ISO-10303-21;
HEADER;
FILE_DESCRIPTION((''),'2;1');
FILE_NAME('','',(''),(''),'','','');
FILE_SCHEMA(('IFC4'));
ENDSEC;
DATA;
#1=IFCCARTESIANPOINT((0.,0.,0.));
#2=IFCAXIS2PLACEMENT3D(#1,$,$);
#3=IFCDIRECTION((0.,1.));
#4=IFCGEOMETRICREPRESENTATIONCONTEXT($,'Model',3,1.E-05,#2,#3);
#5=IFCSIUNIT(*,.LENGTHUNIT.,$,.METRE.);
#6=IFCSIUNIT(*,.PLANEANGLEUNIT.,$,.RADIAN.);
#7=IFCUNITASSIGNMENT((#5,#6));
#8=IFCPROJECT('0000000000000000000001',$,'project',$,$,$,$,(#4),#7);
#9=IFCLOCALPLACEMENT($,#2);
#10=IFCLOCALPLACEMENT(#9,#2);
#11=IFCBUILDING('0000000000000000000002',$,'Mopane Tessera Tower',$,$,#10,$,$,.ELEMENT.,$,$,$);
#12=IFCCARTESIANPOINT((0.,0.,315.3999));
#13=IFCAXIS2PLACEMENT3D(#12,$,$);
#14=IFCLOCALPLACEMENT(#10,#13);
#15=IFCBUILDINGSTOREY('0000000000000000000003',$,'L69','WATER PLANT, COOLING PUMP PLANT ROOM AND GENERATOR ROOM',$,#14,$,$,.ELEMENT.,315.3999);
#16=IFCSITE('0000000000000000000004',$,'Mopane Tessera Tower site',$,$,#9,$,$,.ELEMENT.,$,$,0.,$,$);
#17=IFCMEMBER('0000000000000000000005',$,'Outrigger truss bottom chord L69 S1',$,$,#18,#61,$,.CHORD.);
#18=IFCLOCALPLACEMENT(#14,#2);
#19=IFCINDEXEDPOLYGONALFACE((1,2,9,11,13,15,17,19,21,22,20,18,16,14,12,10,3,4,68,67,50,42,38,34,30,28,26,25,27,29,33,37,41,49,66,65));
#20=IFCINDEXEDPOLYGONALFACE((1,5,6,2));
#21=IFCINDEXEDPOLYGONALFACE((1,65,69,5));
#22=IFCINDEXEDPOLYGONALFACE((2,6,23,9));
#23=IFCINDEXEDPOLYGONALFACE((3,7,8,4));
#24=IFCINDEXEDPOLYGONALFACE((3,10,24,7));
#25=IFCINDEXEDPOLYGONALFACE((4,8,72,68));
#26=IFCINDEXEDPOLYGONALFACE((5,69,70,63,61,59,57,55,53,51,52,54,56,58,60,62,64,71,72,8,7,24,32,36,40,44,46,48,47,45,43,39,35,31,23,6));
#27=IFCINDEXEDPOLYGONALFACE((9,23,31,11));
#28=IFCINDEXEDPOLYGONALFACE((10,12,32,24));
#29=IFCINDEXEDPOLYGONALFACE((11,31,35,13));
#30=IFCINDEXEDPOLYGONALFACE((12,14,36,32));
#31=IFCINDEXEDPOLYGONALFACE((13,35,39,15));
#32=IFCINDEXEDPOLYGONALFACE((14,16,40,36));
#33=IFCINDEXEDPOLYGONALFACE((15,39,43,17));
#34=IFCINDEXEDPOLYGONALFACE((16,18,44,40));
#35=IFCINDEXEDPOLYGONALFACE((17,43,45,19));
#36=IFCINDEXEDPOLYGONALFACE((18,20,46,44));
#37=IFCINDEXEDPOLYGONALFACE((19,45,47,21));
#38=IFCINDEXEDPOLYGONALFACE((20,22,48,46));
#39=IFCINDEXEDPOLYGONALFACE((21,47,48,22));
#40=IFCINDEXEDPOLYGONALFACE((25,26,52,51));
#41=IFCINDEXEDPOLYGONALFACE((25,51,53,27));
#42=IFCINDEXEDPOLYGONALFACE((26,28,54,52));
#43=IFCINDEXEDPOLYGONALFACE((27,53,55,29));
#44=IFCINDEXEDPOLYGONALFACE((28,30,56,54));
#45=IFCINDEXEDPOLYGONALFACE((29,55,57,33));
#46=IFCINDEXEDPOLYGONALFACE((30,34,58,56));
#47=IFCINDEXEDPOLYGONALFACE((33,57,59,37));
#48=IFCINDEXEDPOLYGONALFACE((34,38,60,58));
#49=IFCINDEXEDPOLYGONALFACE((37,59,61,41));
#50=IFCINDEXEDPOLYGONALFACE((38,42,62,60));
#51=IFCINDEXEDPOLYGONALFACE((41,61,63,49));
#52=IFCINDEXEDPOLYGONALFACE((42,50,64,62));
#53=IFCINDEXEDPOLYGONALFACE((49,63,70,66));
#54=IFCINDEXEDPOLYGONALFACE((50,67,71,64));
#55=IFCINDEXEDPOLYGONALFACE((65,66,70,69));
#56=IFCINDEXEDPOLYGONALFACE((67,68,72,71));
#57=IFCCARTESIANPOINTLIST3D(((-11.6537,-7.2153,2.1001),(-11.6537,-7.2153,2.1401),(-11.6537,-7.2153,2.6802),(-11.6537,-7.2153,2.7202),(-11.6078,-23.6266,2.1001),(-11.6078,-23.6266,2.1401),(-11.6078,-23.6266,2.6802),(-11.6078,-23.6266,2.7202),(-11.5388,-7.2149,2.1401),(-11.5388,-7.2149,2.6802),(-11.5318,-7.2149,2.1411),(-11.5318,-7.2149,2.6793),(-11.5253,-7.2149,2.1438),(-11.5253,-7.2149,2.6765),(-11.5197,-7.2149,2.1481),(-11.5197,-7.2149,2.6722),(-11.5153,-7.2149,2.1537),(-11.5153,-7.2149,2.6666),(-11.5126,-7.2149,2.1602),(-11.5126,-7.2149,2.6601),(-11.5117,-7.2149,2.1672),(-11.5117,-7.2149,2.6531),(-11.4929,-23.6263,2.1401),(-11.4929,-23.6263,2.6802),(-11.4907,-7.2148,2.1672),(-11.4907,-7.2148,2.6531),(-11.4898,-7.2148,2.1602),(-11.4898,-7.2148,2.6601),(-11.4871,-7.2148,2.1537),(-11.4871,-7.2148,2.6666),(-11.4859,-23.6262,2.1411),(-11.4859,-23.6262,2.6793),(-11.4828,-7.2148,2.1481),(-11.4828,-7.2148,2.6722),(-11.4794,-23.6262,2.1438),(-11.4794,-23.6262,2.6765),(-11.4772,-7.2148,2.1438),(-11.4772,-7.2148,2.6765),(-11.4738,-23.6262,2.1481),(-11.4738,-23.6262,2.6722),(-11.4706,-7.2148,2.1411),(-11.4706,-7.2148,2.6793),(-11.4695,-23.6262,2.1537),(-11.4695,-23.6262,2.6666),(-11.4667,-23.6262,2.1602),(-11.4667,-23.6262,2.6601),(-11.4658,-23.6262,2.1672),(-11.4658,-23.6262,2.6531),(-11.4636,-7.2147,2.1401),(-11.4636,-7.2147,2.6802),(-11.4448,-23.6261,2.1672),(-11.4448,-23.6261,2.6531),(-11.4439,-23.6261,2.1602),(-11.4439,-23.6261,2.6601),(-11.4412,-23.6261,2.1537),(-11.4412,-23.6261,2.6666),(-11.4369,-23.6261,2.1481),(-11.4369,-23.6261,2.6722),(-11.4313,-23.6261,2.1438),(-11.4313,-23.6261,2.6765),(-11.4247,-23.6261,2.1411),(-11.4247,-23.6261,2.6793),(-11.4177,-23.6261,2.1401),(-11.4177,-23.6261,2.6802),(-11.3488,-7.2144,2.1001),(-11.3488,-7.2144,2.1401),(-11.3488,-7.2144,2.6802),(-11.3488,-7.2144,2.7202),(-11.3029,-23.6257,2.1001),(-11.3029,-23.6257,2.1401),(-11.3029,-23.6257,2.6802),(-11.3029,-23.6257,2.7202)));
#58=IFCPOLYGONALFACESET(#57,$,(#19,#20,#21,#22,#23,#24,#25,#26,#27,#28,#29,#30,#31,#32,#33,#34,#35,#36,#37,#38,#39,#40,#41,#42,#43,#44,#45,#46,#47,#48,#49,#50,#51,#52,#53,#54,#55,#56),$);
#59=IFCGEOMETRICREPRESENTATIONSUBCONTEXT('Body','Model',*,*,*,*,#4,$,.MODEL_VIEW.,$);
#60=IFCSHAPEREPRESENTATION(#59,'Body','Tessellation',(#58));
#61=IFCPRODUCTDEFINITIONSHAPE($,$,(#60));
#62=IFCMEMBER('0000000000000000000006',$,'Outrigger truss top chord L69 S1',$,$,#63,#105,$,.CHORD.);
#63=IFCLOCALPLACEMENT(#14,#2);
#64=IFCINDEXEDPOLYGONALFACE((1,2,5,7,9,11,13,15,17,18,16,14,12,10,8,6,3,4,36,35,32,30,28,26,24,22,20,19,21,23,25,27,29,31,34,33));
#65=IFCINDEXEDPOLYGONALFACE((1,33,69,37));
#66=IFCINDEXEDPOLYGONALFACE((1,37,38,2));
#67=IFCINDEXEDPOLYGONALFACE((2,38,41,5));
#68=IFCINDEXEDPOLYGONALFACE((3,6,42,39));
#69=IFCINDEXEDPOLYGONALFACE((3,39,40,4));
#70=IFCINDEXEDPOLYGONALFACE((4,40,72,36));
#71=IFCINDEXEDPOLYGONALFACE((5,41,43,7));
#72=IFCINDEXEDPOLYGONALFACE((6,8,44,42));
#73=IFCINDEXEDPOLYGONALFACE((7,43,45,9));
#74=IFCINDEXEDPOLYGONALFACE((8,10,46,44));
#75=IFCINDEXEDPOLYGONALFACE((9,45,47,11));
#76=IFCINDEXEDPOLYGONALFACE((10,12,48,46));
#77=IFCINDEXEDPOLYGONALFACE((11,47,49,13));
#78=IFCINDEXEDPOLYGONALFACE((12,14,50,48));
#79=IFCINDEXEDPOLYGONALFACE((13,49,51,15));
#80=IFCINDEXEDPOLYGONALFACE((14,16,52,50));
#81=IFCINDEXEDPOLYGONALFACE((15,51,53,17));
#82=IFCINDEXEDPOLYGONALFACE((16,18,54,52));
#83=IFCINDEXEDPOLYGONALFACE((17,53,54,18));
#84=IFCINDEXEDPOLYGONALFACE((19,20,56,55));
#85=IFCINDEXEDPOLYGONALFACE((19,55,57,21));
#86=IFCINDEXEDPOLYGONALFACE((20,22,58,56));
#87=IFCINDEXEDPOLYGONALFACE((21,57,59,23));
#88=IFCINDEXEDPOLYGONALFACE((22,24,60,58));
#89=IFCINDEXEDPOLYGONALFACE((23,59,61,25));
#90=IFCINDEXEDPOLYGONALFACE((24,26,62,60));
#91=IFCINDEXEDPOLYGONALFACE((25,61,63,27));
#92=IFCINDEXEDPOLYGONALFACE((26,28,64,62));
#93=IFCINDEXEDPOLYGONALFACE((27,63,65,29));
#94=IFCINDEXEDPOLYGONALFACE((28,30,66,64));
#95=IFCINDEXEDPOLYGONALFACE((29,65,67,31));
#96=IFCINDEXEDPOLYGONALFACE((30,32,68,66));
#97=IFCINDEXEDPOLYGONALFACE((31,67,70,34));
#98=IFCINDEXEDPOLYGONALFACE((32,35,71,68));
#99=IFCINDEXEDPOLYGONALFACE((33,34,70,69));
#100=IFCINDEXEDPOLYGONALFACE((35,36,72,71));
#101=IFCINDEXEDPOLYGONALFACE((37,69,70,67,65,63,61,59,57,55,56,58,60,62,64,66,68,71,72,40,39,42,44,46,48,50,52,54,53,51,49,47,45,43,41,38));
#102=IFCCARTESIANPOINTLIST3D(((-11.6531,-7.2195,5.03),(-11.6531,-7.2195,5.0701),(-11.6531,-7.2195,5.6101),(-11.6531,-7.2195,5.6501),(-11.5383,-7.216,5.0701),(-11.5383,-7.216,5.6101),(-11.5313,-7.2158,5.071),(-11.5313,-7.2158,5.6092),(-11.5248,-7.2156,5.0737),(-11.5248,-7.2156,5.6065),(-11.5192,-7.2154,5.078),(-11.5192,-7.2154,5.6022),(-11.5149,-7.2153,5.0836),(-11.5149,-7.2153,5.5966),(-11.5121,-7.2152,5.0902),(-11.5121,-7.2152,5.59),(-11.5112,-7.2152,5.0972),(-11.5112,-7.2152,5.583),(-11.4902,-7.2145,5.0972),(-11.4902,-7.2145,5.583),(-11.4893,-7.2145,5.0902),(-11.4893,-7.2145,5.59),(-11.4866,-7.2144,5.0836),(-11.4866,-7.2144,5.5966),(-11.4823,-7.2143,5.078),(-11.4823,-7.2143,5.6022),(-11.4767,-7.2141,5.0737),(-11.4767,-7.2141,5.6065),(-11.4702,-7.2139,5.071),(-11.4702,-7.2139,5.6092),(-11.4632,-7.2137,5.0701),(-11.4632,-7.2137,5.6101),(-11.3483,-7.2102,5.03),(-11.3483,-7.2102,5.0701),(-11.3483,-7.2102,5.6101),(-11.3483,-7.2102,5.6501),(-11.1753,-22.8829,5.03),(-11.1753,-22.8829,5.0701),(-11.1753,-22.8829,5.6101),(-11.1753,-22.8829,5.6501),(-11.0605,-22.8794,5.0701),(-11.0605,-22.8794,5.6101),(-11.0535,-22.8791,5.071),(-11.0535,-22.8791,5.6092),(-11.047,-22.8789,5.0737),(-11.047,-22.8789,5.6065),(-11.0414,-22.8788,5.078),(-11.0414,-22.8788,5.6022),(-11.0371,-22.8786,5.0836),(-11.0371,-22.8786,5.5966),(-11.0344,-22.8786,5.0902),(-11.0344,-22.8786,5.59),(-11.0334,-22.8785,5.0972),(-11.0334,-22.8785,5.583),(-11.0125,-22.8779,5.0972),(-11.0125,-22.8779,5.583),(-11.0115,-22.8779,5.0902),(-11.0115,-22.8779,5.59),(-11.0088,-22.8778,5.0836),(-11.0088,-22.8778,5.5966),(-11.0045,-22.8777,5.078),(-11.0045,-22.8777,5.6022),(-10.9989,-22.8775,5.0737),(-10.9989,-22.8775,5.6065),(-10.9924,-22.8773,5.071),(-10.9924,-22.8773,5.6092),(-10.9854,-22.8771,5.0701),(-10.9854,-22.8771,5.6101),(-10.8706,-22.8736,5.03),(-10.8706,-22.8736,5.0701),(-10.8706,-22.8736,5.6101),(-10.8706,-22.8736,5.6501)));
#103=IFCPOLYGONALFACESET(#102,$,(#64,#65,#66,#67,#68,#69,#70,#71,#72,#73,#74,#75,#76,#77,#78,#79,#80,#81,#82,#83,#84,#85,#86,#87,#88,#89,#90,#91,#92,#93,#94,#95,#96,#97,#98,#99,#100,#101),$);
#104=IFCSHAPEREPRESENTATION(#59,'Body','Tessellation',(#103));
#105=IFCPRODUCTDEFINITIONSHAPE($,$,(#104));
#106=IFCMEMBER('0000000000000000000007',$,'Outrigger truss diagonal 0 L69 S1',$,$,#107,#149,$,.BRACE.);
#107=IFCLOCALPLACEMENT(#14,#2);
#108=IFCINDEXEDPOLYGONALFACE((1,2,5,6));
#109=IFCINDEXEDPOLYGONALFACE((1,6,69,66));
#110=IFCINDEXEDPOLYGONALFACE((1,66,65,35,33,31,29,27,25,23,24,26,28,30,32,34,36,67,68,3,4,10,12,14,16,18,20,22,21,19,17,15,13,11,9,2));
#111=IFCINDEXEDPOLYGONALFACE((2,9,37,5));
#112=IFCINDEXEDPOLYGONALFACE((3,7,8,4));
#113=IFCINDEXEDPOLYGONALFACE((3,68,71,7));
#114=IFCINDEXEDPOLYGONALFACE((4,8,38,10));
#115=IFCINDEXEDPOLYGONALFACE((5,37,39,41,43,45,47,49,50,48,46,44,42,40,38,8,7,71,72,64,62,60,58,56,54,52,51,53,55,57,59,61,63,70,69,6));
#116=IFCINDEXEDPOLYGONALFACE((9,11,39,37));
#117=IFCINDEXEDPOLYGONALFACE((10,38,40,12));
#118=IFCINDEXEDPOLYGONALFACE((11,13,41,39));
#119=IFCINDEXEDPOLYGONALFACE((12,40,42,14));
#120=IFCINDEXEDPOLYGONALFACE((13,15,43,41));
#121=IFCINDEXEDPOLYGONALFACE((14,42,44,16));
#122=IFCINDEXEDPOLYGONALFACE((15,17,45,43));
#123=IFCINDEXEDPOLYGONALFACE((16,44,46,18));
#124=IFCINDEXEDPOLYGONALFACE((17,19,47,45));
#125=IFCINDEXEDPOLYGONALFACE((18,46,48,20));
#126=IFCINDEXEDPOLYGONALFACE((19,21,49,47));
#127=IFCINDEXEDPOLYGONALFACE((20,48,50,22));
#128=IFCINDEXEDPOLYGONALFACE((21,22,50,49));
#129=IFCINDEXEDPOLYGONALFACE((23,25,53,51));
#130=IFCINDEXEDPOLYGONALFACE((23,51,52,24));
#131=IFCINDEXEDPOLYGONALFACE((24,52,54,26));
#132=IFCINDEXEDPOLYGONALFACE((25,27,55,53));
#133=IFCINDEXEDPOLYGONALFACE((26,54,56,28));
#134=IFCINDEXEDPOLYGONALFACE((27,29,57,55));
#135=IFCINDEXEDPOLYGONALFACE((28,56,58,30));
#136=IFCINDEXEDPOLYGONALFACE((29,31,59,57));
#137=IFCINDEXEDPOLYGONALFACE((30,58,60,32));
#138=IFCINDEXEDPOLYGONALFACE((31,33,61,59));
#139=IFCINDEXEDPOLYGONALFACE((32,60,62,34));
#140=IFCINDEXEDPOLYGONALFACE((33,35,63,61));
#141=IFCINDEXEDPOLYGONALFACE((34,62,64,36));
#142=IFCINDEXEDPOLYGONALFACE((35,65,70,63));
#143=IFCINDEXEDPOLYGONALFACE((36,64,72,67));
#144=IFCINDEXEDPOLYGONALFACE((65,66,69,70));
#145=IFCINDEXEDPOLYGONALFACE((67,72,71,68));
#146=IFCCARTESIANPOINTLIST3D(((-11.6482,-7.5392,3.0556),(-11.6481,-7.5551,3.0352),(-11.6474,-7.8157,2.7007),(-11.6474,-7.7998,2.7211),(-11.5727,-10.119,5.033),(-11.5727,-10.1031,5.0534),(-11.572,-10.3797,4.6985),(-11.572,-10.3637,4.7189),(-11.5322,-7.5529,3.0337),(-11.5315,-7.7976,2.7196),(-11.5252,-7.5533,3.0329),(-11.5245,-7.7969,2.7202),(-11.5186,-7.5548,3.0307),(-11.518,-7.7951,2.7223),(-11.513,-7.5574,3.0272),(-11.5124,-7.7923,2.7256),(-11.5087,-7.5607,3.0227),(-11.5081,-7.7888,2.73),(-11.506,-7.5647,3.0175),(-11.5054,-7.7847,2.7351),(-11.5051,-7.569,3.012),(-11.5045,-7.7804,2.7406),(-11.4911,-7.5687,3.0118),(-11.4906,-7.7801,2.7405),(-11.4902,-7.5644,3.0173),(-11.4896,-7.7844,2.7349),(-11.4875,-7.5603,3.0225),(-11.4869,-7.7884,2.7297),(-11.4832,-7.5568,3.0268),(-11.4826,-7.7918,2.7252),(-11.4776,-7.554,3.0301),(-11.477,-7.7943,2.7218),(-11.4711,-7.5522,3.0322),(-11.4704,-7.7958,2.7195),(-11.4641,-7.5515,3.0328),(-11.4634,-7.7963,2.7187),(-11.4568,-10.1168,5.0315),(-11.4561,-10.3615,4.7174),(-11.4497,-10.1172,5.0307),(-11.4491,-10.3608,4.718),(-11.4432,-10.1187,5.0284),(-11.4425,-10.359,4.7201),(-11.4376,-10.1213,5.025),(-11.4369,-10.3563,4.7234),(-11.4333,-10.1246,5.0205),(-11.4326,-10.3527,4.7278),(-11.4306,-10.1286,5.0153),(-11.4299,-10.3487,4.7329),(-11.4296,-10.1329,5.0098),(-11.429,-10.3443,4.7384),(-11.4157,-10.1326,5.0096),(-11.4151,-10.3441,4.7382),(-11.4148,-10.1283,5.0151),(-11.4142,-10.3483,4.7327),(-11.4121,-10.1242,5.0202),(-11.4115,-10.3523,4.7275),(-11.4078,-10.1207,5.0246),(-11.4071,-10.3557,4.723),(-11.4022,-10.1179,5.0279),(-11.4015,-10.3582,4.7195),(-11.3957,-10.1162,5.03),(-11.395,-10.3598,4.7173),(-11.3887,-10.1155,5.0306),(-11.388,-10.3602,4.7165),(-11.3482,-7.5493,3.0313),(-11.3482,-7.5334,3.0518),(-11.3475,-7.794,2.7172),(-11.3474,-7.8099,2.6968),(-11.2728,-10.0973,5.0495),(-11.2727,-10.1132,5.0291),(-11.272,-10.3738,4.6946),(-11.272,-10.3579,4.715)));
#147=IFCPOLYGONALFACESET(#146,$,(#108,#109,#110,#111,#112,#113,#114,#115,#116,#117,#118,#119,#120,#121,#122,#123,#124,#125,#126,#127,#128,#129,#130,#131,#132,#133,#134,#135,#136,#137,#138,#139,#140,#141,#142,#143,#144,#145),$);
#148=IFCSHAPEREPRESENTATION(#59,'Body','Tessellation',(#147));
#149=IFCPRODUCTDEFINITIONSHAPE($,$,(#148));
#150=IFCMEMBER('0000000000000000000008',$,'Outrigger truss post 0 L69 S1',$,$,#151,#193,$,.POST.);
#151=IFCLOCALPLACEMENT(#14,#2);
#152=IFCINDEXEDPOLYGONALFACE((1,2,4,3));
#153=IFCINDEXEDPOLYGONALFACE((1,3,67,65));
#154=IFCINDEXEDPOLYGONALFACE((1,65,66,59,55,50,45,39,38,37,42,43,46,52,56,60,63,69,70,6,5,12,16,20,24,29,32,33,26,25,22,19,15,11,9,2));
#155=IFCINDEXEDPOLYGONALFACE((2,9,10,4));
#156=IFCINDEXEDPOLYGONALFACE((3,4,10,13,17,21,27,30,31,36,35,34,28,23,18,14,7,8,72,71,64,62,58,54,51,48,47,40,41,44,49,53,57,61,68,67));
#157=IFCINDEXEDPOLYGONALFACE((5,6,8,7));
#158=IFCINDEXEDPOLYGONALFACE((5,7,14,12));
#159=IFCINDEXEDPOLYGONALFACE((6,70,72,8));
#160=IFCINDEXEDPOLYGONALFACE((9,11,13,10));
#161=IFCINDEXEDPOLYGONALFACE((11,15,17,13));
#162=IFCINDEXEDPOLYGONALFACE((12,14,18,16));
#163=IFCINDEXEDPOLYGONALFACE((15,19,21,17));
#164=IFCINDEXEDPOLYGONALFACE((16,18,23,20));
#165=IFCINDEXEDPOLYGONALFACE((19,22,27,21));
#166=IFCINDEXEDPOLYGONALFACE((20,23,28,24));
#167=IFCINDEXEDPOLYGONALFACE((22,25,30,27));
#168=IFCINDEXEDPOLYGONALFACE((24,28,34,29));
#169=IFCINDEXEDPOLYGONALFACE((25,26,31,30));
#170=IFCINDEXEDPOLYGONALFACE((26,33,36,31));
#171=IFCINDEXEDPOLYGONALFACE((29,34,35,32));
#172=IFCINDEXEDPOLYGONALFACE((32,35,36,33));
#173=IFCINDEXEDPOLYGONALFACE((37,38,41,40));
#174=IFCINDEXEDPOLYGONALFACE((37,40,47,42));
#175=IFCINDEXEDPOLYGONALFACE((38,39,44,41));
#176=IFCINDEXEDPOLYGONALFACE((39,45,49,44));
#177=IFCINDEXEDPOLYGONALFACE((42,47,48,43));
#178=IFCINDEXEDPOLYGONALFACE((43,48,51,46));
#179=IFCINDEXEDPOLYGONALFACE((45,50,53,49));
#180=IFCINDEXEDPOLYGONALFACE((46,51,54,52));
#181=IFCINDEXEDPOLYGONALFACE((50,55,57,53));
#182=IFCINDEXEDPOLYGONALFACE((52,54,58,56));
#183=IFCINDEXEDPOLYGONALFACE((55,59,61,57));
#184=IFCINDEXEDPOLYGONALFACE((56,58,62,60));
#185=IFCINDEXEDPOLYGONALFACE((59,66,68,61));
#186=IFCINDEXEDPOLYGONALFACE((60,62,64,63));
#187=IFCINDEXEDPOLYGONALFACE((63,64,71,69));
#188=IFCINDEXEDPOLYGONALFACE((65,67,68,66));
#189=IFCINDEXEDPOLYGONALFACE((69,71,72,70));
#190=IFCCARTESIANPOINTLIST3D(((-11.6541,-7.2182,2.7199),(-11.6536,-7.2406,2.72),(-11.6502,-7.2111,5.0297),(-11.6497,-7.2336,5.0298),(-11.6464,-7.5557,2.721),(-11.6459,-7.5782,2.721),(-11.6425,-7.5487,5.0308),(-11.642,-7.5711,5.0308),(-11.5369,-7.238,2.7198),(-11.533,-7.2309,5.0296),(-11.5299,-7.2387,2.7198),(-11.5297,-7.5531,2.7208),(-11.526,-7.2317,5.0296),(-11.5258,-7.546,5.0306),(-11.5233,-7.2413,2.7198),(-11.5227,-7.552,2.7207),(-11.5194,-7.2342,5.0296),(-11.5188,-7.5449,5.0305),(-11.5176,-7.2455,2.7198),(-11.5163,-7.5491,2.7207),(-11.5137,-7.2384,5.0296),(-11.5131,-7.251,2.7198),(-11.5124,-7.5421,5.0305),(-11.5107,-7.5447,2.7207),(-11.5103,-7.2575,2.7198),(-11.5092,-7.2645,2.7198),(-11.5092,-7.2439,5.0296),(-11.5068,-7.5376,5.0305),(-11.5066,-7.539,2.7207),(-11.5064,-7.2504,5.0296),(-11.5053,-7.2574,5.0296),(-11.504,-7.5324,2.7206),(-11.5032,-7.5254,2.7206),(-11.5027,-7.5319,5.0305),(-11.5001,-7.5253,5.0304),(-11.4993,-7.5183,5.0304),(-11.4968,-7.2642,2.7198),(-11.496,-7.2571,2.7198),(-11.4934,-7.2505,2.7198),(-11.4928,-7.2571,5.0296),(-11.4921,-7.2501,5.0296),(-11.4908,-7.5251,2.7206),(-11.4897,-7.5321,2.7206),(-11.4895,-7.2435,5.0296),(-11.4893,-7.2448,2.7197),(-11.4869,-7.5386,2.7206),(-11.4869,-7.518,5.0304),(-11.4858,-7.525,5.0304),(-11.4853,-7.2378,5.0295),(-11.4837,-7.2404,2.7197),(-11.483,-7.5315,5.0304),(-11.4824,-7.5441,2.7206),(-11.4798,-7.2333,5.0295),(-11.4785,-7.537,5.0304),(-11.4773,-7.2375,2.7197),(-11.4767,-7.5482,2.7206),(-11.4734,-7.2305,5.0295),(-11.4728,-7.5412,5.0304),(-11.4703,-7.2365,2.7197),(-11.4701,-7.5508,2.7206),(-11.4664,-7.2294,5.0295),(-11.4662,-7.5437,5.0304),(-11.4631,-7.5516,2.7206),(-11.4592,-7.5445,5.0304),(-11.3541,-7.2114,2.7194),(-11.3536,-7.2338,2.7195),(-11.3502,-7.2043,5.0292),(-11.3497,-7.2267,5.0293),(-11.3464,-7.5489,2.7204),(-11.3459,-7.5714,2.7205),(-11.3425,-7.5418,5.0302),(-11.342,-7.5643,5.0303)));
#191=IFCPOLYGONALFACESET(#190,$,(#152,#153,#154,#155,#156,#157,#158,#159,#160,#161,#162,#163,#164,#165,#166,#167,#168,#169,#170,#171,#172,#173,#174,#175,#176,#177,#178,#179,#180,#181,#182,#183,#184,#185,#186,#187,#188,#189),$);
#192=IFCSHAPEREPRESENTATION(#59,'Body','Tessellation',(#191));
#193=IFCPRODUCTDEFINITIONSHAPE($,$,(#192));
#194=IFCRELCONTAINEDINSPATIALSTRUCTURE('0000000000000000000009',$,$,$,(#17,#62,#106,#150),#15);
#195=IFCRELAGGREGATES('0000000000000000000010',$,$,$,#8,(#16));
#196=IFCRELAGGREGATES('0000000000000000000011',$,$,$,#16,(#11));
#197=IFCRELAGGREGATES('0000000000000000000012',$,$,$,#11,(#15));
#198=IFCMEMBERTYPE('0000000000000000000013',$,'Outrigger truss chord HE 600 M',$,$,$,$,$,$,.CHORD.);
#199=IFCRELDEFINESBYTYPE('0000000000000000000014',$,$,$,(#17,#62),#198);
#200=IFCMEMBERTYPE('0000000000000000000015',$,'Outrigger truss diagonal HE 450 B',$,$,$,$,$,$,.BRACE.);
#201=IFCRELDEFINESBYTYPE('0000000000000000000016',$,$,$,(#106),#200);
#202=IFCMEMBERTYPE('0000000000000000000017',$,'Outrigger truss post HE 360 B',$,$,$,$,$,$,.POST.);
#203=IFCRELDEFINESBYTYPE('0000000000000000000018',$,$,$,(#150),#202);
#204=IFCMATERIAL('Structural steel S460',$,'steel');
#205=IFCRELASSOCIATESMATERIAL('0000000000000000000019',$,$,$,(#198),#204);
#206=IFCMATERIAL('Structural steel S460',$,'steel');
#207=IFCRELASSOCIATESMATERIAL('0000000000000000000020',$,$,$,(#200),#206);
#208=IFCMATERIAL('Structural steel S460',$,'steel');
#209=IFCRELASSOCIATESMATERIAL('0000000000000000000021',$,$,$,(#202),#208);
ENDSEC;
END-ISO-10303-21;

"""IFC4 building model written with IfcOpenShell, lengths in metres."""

from ifc_helpers import new_model, si_unit, direction, frame, origin, origin_2d, place, context, subcontext, project, spatial, i_section, extrude, material, material_profile, profile_set, type_object, element, save


model = new_model("IFC4")

# Units and contexts
model_context = context("Model", 3, precision=1e-05, world=origin(), true_north=direction((0.0, 1.0)))
body_context = subcontext(model_context, "Body", "Model", "MODEL_VIEW")
ifc_project = project(units=[si_unit("LENGTHUNIT", "METRE"), si_unit("PLANEANGLEUNIT", "RADIAN")], contexts=[model_context])

# Site, building, storey
site_placement = place(None, origin())
site = spatial("IfcSite", under=ifc_project, at=site_placement, Name="Mopane Tessera Tower site", CompositionType="ELEMENT", RefElevation=0.0)
building_placement = place(site_placement, origin())
building = spatial("IfcBuilding", under=site, at=building_placement, Name="Mopane Tessera Tower", CompositionType="ELEMENT")
storey_placement = place(building_placement, frame((0.0, 0.0, 315.3999)))
storey = spatial("IfcBuildingStorey", under=building, at=storey_placement, Name="L69", Description="WATER PLANT, COOLING PUMP PLANT ROOM AND GENERATOR ROOM", CompositionType="ELEMENT", Elevation=315.3999)

# Members
ifc_material_1 = material(Name="Structural steel S460", Category="steel")
ifc_material_profile_1 = material_profile(ifc_material_1, i_section(OverallWidth=0.3049, OverallDepth=0.6201, WebThickness=0.021, FlangeThickness=0.04, FilletRadius=0.0271, at=origin_2d()))
ifc_profile_set_1 = profile_set([ifc_material_profile_1], Name="Structural steel S460")
member_type_1 = type_object("IfcMemberType", Name="Outrigger truss chord HE 600 M", PredefinedType="CHORD", material=ifc_profile_set_1)
member_1_placement = place(storey_placement, frame((-11.5012, -7.2148, 2.4102), z_axis=(0.002797, -0.999996, 0.0), x_axis=(0.999996, 0.002797, 0.0)))
element("IfcMember", 1, at=member_1_placement, inside=storey, type_object=member_type_1, Name="Outrigger truss bottom chord L69 S1", PredefinedType="CHORD", context=body_context, shape_type="SweptSolid", body=[
    extrude(i_section(OverallWidth=0.3049, OverallDepth=0.6201, WebThickness=0.021, FlangeThickness=0.04, FilletRadius=0.0271, at=origin_2d()), origin(), (0.0, 0.0, 1.0), 16.4114),
])
member_2_placement = place(storey_placement, frame((-11.5007, -7.2148, 5.3401), z_axis=(0.030489, -0.999535, 0.0), x_axis=(0.999535, 0.030489, 0.0)))
element("IfcMember", 2, at=member_2_placement, inside=storey, type_object=member_type_1, Name="Outrigger truss top chord L69 S1", PredefinedType="CHORD", context=body_context, shape_type="SweptSolid", body=[
    extrude(i_section(OverallWidth=0.3049, OverallDepth=0.6201, WebThickness=0.021, FlangeThickness=0.04, FilletRadius=0.0271, at=origin_2d()), origin(), (0.0, 0.0, 1.0), 15.6707),
])
ifc_material_2 = material(Name="Structural steel S460", Category="steel")
ifc_material_profile_2 = material_profile(ifc_material_2, i_section(OverallWidth=0.3, OverallDepth=0.45, WebThickness=0.0139, FlangeThickness=0.0259, FilletRadius=0.0271, at=origin_2d()))
ifc_profile_set_2 = profile_set([ifc_material_profile_2], Name="Structural steel S460")
member_type_2 = type_object("IfcMemberType", Name="Outrigger truss diagonal HE 450 B", PredefinedType="BRACE", material=ifc_profile_set_2)
member_3_placement = place(storey_placement, frame((-11.4978, -7.6746, 2.8762), z_axis=(0.023203, -0.788602, 0.614467), x_axis=(0.999729, 0.019358, -0.012907)))
element("IfcMember", 3, at=member_3_placement, inside=storey, type_object=member_type_2, Name="Outrigger truss diagonal 0 L69 S1", PredefinedType="BRACE", context=body_context, shape_type="SweptSolid", body=[
    extrude(i_section(OverallWidth=0.3, OverallDepth=0.45, WebThickness=0.0139, FlangeThickness=0.0259, FilletRadius=0.0271, at=origin_2d()), origin(), (0.0, 0.0, 1.0), 3.2512),
])
ifc_material_3 = material(Name="Structural steel S460", Category="steel")
ifc_material_profile_3 = material_profile(ifc_material_3, i_section(OverallWidth=0.3, OverallDepth=0.3601, WebThickness=0.0125, FlangeThickness=0.0225, FilletRadius=0.0271, at=origin_2d()))
ifc_profile_set_3 = profile_set([ifc_material_profile_3], Name="Structural steel S460")
member_type_3 = type_object("IfcMemberType", Name="Outrigger truss post HE 360 B", PredefinedType="POST", material=ifc_profile_set_3)
member_4_placement = place(storey_placement, frame((-11.5, -7.3948, 2.7202), z_axis=(0.001691, 0.003065, 0.999994), x_axis=(0.999739, 0.022788, -0.001761)))
element("IfcMember", 4, at=member_4_placement, inside=storey, type_object=member_type_3, Name="Outrigger truss post 0 L69 S1", PredefinedType="POST", context=body_context, shape_type="SweptSolid", body=[
    extrude(i_section(OverallWidth=0.3, OverallDepth=0.3601, WebThickness=0.0125, FlangeThickness=0.0225, FilletRadius=0.0271, at=origin_2d()), origin(), (0.0, 0.0, 1.0), 2.3098),
])

save(model, "model.ifc")
